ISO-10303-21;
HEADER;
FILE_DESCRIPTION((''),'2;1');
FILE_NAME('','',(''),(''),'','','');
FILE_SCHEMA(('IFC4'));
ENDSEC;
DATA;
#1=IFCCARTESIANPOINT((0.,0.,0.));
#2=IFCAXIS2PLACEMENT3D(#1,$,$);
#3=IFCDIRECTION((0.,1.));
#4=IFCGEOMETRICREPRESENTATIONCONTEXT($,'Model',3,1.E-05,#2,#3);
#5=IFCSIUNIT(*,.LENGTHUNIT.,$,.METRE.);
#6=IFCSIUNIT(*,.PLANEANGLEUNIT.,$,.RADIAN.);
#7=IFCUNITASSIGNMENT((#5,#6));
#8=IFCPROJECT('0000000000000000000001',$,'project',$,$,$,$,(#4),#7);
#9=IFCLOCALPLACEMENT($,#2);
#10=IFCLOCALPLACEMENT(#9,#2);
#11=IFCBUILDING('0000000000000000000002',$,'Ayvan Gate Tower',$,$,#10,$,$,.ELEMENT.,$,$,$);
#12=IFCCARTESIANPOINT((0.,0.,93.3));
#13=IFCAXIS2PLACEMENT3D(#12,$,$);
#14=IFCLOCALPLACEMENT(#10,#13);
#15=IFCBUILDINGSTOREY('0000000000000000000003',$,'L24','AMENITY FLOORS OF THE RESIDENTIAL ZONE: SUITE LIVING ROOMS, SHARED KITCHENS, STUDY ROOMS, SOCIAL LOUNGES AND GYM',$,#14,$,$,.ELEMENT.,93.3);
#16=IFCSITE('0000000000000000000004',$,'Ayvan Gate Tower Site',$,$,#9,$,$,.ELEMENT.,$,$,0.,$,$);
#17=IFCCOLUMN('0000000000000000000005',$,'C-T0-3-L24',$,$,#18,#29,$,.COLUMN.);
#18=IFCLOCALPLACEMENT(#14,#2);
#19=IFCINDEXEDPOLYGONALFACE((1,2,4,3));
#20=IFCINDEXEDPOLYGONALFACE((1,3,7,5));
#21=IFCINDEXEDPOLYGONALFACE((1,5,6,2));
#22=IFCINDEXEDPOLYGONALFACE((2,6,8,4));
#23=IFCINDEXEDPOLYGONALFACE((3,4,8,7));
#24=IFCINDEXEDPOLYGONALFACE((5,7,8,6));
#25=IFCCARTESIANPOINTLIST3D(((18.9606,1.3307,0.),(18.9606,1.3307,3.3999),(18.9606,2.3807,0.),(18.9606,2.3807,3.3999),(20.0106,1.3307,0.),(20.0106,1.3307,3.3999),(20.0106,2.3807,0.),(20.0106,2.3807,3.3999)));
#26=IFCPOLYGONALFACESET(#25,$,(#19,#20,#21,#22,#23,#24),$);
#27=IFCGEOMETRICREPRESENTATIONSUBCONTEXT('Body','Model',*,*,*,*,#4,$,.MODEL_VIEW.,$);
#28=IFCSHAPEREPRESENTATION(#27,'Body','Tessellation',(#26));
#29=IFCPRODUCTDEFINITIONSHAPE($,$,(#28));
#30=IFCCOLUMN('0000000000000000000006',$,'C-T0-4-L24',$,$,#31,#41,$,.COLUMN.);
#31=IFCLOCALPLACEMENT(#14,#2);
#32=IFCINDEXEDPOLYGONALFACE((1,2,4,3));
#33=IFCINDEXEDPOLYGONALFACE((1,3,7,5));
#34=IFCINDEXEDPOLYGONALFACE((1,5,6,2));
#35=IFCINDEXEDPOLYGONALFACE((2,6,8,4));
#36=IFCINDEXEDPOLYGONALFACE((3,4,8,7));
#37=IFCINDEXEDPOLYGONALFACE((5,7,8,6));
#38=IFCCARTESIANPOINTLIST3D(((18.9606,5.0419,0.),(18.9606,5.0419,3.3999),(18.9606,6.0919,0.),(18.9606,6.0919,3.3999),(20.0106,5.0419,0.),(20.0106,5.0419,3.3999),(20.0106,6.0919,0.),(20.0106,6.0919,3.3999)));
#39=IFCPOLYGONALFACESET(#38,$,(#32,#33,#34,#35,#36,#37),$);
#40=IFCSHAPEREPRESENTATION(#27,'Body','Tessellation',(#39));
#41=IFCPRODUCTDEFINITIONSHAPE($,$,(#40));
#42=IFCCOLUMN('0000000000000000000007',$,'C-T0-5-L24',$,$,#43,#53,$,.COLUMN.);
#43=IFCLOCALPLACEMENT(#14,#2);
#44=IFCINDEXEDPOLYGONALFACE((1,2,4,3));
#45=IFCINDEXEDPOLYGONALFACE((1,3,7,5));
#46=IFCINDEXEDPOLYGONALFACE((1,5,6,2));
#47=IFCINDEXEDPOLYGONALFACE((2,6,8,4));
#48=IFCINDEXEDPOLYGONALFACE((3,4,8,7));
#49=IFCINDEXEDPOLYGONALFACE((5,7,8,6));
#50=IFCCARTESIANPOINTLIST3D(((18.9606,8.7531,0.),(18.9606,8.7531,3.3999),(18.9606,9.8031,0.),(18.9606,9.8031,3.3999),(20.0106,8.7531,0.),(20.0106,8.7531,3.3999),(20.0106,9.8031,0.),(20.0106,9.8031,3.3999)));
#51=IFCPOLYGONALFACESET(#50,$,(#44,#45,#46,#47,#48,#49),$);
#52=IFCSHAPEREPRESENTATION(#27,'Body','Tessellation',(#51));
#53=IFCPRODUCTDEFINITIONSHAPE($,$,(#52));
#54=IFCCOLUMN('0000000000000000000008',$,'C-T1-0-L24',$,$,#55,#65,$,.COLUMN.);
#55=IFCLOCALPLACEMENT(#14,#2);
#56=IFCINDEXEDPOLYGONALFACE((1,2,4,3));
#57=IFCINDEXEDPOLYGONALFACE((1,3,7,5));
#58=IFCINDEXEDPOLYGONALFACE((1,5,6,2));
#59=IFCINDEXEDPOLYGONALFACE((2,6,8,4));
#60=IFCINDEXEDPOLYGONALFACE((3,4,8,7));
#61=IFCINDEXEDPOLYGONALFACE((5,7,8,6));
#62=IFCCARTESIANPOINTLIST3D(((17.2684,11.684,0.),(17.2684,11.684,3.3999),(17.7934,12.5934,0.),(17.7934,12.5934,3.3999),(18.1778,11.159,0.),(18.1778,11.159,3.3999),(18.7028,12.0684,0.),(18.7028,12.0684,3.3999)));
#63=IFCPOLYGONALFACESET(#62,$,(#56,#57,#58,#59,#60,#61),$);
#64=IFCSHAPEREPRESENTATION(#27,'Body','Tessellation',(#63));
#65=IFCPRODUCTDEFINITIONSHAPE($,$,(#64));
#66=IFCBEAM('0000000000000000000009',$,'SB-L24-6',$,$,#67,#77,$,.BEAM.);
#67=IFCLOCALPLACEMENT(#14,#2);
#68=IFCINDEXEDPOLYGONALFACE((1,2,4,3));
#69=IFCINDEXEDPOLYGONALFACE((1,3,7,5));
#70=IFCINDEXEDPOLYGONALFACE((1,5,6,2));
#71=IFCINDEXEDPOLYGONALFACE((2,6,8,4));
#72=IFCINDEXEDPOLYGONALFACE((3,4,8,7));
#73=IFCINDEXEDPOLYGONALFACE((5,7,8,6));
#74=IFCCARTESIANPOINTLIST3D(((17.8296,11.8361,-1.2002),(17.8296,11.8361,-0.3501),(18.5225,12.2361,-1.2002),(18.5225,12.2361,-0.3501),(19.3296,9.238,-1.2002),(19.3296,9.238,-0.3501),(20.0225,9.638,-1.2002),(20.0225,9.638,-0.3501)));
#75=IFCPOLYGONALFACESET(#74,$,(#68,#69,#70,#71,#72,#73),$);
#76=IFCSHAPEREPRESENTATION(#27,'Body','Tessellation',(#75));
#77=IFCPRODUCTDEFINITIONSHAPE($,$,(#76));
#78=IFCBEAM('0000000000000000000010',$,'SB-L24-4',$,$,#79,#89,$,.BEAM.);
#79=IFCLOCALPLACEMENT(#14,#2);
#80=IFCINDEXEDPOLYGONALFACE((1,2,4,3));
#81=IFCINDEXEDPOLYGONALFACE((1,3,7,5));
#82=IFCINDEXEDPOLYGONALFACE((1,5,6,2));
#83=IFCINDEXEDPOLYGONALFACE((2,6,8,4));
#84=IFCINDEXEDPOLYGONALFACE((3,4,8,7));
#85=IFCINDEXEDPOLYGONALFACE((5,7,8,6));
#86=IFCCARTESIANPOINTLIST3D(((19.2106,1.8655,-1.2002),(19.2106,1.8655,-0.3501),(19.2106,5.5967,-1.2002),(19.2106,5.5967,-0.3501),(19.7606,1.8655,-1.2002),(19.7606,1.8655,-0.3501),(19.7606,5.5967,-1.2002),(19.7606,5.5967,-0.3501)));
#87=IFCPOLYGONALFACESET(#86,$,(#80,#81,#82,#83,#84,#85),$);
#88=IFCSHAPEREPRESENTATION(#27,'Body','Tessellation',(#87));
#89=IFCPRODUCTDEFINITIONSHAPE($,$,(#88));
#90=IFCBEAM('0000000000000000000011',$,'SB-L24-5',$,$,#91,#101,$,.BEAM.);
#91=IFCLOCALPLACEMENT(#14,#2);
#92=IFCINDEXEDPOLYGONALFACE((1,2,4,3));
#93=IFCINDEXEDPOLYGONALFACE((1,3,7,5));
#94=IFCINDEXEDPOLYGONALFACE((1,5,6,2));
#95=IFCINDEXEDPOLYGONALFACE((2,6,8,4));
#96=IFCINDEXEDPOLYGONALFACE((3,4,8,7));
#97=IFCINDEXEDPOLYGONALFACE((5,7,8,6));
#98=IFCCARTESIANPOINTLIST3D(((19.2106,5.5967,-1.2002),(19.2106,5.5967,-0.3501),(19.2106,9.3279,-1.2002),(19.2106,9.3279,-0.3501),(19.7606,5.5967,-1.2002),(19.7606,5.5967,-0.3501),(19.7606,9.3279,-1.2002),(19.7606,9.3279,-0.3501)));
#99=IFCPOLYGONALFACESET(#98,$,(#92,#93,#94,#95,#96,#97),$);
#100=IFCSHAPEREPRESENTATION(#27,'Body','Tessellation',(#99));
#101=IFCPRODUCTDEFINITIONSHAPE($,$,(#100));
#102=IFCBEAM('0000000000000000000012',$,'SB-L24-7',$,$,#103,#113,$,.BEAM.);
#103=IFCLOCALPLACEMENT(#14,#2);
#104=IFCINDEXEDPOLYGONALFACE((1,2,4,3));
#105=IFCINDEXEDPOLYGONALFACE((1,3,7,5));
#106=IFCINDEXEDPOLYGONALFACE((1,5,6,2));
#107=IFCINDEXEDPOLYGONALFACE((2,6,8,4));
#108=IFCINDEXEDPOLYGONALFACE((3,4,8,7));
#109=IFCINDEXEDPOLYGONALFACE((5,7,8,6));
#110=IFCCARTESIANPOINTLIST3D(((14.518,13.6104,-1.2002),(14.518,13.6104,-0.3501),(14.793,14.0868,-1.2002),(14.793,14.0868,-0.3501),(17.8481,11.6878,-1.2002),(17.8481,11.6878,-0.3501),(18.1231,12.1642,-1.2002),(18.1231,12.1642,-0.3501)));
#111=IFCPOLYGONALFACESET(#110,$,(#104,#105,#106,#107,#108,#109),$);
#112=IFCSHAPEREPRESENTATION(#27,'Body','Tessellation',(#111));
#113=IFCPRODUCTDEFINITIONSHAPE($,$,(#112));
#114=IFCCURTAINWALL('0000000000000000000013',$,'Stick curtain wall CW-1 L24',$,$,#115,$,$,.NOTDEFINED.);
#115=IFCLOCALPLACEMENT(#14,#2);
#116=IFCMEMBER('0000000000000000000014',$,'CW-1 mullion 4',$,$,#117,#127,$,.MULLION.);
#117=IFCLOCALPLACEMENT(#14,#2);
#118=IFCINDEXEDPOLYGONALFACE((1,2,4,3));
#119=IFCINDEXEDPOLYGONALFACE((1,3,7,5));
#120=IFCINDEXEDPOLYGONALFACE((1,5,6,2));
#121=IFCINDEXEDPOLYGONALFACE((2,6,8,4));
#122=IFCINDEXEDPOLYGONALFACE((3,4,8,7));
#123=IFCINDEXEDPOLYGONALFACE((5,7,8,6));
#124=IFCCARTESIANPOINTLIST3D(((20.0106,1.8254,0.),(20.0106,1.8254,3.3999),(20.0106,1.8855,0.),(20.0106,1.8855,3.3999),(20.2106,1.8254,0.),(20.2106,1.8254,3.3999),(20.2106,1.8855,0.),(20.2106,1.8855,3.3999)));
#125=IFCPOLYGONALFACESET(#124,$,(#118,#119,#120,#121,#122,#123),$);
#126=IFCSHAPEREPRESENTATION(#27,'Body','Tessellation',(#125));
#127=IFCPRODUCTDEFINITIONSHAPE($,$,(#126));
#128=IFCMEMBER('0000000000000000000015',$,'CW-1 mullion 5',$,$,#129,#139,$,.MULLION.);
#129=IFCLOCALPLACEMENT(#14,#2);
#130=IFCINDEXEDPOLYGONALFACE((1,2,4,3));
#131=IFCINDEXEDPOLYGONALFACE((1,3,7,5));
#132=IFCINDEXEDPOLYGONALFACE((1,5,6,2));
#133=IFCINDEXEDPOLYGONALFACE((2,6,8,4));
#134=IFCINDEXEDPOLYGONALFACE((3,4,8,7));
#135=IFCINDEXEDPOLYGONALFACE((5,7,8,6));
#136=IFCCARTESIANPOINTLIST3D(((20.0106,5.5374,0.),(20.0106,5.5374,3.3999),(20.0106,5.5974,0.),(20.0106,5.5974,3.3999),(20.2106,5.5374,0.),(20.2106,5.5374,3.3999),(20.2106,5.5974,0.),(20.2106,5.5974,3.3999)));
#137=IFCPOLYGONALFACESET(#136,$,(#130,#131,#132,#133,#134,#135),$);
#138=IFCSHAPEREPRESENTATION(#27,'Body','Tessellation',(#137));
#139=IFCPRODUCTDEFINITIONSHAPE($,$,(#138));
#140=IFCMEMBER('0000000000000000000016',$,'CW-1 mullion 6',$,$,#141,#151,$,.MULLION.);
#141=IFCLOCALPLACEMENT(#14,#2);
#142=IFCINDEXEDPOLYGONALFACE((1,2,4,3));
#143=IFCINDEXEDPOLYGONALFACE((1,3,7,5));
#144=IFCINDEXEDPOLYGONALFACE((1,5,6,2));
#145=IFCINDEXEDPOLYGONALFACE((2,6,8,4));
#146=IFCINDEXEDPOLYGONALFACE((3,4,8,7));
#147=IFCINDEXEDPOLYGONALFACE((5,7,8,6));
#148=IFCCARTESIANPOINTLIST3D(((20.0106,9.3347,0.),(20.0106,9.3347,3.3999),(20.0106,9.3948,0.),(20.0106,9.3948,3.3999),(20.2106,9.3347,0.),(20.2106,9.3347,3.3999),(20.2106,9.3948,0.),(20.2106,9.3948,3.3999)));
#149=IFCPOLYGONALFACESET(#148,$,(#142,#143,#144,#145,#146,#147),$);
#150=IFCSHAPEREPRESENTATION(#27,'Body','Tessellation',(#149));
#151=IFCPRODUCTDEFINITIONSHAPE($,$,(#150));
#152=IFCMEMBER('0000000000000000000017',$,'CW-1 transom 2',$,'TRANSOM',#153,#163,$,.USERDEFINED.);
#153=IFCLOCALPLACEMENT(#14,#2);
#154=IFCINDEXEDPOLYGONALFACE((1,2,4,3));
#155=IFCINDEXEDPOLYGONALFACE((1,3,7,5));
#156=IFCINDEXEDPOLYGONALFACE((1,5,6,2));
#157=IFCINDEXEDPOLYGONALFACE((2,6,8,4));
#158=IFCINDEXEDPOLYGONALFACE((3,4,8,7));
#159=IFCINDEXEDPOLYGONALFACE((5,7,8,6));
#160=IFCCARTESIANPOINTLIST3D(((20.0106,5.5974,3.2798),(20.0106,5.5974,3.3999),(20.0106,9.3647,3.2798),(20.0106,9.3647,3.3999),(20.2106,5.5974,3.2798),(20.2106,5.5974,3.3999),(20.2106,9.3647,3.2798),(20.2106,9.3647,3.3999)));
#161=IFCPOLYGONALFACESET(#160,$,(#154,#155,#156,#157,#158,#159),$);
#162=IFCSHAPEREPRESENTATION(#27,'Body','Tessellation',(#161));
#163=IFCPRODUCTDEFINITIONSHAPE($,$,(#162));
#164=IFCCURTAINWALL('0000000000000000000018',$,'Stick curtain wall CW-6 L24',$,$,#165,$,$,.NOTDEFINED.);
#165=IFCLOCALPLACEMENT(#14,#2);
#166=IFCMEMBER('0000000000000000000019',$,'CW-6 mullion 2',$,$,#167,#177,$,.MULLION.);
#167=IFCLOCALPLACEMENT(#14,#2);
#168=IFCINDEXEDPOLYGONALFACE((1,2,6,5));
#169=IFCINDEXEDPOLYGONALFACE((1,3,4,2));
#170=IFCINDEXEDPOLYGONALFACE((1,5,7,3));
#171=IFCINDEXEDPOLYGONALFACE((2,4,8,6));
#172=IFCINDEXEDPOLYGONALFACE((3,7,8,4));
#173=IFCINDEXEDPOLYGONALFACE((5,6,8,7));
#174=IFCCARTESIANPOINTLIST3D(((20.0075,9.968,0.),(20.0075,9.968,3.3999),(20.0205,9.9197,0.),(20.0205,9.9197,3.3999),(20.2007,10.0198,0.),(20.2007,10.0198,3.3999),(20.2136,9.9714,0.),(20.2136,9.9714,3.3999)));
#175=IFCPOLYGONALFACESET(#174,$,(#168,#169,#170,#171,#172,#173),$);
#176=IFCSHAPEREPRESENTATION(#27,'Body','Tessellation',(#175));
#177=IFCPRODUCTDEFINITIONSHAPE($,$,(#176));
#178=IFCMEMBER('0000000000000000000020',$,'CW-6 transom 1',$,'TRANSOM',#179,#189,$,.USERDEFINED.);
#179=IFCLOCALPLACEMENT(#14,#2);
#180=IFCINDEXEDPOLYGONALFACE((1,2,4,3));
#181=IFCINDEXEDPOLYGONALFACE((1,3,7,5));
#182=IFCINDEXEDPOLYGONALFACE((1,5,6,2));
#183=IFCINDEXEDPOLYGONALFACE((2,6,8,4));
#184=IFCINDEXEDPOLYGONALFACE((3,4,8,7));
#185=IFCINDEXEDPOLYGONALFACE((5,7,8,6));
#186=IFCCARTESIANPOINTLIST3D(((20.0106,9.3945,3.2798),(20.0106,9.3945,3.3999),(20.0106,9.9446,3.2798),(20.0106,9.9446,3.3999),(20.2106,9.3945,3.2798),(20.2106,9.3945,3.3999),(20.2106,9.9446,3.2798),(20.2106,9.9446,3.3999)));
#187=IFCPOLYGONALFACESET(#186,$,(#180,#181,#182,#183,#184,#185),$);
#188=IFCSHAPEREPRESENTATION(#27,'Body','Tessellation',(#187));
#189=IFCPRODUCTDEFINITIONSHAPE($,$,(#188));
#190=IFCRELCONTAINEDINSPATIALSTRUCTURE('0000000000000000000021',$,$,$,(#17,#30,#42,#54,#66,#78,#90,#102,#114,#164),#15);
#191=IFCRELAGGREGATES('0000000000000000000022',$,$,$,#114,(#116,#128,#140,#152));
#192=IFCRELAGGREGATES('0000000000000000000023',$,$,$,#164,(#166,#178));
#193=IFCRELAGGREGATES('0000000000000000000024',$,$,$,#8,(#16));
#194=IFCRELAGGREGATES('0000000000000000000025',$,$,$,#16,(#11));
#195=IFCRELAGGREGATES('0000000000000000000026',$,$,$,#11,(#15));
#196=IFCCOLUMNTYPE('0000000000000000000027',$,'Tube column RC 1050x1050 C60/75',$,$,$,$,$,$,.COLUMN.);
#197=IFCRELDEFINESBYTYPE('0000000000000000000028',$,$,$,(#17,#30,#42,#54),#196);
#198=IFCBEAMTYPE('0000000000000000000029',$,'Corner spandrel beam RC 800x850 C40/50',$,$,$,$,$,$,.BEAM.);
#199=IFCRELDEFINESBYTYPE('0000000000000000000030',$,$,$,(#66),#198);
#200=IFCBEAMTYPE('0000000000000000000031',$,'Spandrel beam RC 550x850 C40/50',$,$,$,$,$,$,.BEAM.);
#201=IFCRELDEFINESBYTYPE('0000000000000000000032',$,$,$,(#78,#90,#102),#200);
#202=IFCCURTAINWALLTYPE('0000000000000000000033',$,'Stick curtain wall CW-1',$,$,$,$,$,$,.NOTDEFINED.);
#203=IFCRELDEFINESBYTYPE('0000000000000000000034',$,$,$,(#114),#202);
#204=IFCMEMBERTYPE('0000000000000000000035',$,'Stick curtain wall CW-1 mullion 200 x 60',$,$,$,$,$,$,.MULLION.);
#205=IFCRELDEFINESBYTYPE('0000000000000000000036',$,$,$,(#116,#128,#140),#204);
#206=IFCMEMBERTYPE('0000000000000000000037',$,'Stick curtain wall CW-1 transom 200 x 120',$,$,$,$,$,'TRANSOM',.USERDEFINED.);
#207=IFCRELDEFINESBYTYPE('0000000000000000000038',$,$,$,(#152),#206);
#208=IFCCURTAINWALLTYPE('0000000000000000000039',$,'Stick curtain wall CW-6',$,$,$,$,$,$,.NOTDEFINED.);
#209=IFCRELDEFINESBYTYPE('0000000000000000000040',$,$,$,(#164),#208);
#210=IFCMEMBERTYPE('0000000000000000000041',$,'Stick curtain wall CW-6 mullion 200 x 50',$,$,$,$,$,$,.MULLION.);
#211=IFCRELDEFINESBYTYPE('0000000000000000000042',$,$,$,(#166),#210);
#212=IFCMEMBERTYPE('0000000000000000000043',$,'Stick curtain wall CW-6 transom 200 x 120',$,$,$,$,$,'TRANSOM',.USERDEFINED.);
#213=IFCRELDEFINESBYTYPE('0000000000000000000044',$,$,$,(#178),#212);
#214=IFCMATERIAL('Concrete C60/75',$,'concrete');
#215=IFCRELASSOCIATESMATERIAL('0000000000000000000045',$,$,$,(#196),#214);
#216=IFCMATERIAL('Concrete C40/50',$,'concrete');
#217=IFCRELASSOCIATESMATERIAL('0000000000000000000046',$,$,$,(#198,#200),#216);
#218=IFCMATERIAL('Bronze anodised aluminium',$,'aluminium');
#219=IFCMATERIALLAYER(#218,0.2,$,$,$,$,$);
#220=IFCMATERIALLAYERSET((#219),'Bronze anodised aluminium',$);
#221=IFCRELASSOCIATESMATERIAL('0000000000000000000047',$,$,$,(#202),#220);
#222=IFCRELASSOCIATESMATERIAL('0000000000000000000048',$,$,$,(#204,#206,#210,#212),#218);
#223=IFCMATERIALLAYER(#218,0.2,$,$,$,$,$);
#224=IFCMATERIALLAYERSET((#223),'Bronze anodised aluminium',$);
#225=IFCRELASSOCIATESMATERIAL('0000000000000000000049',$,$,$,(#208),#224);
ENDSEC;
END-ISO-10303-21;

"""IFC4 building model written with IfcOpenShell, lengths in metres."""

from ifc_helpers import new_model, si_unit, direction, frame, origin, origin_2d, place, context, subcontext, project, spatial, rectangle, extrude, material, layer, layer_set, material_profile, profile_set, type_object, element, aggregate, save


model = new_model("IFC4")

# Units and contexts
model_context = context("Model", 3, precision=1e-05, world=origin(), true_north=direction((0.0, 1.0)))
body_context = subcontext(model_context, "Body", "Model", "MODEL_VIEW")
ifc_project = project(units=[si_unit("LENGTHUNIT", "METRE"), si_unit("PLANEANGLEUNIT", "RADIAN")], contexts=[model_context])

# Site, building, storey
site_placement = place(None, origin())
site = spatial("IfcSite", under=ifc_project, at=site_placement, Name="Ayvan Gate Tower Site", CompositionType="ELEMENT", RefElevation=0.0)
building_placement = place(site_placement, origin())
building = spatial("IfcBuilding", under=site, at=building_placement, Name="Ayvan Gate Tower", CompositionType="ELEMENT")
storey_placement = place(building_placement, frame((0.0, 0.0, 93.3)))
storey = spatial("IfcBuildingStorey", under=building, at=storey_placement, Name="L24", Description="AMENITY FLOORS OF THE RESIDENTIAL ZONE: SUITE LIVING ROOMS, SHARED KITCHENS, STUDY ROOMS, SOCIAL LOUNGES AND GYM", CompositionType="ELEMENT", Elevation=93.3)

# Columns
ifc_material_1 = material(Name="Concrete C60/75", Category="concrete")
ifc_material_profile_1 = material_profile(ifc_material_1, rectangle(XDim=1.05, YDim=1.05, at=origin_2d()), Name="RC 1050x1050")
ifc_profile_set_1 = profile_set([ifc_material_profile_1], Name="Concrete C60/75")
column_type = type_object("IfcColumnType", Name="Tube column RC 1050x1050 C60/75", PredefinedType="COLUMN", material=ifc_profile_set_1)
for number, where, z_axis, x_axis, name in (
    (1, (19.4856, 1.8557, 0.0), (0.0, 0.0, 1.0), (1.0, 0.0, 0.0), "C-T0-3-L24"),
    (2, (19.4856, 5.5669, 0.0), (0.0, 0.0, 1.0), (1.0, 0.0, 0.0), "C-T0-4-L24"),
    (3, (19.4856, 9.2781, 0.0), (0.0, 0.0, 1.0), (1.0, 0.0, 0.0), "C-T0-5-L24"),
    (4, (17.9856, 11.8762, 0.0), (0.0, 0.0, 1.0), (0.5, 0.866025, 0.0), "C-T1-0-L24"),
):
    element("IfcColumn", number, at=place(storey_placement, frame(where, z_axis=z_axis, x_axis=x_axis)), inside=storey, type_object=column_type, Name=name, PredefinedType="COLUMN", context=body_context, shape_type="SweptSolid", body=[
        extrude(rectangle(XDim=1.05, YDim=1.05, at=origin_2d()), origin(), (0.0, 0.0, 1.0), 3.3999),
    ])

# Beams
ifc_material_2 = material(Name="Concrete C40/50", Category="concrete")
ifc_material_profile_2 = material_profile(ifc_material_2, rectangle(XDim=0.8, YDim=0.8501, at=origin_2d()), Name="RC 800x850")
ifc_profile_set_2 = profile_set([ifc_material_profile_2], Name="Concrete C40/50")
beam_type_1 = type_object("IfcBeamType", Name="Corner spandrel beam RC 800x850 C40/50", PredefinedType="BEAM", material=ifc_profile_set_2)
beam_1_placement = place(storey_placement, frame((19.676, 9.438, -0.7751), z_axis=(-0.49999, 0.866031, 0.0), x_axis=(-0.866031, -0.49999, 0.0)))
element("IfcBeam", 5, at=beam_1_placement, inside=storey, type_object=beam_type_1, Name="SB-L24-6", PredefinedType="BEAM", context=body_context, shape_type="SweptSolid", body=[
    extrude(rectangle(XDim=0.8, YDim=0.8501, at=origin_2d()), origin(), (0.0, 0.0, 1.0), 3.0),
])
ifc_material_profile_3 = material_profile(ifc_material_2, rectangle(XDim=0.55, YDim=0.8501, at=origin_2d()), Name="RC 550x850")
ifc_profile_set_3 = profile_set([ifc_material_profile_3], Name="Concrete C40/50")
beam_type_2 = type_object("IfcBeamType", Name="Spandrel beam RC 550x850 C40/50", PredefinedType="BEAM", material=ifc_profile_set_3)
for number, where, z_axis, x_axis, name in (
    (6, (19.4856, 1.8655, -0.7751), (0.0, 1.0, 0.0), (-1.0, 0.0, 0.0), "SB-L24-4"),
    (7, (19.4856, 5.5967, -0.7751), (0.0, 1.0, 0.0), (-1.0, 0.0, 0.0), "SB-L24-5"),
):
    element("IfcBeam", number, at=place(storey_placement, frame(where, z_axis=z_axis, x_axis=x_axis)), inside=storey, type_object=beam_type_2, Name=name, PredefinedType="BEAM", context=body_context, shape_type="SweptSolid", body=[
        extrude(rectangle(XDim=0.55, YDim=0.8501, at=origin_2d()), origin(), (0.0, 0.0, 1.0), 3.7312),
    ])
beam_2_placement = place(storey_placement, frame((17.9856, 11.926, -0.7751), z_axis=(-0.866027, 0.499997, 0.0), x_axis=(-0.499997, -0.866027, 0.0)))
element("IfcBeam", 8, at=beam_2_placement, inside=storey, type_object=beam_type_2, Name="SB-L24-7", PredefinedType="BEAM", context=body_context, shape_type="SweptSolid", body=[
    extrude(rectangle(XDim=0.55, YDim=0.8501, at=origin_2d()), origin(), (0.0, 0.0, 1.0), 3.8452),
])

# Curtain walls, members
ifc_material_3 = material(Name="Bronze anodised aluminium", Category="aluminium")
ifc_layer_1 = layer(ifc_material_3, 0.2)
ifc_layer_set_1 = layer_set([ifc_layer_1], Name="Bronze anodised aluminium")
curtain_wall_type_1 = type_object("IfcCurtainWallType", Name="Stick curtain wall CW-1", PredefinedType="NOTDEFINED", material=ifc_layer_set_1)
curtain_wall_1_placement = place(storey_placement, origin())
curtain_wall_1 = element("IfcCurtainWall", 9, at=curtain_wall_1_placement, inside=storey, type_object=curtain_wall_type_1, Name="Stick curtain wall CW-1 L24", PredefinedType="NOTDEFINED")
ifc_material_profile_4 = material_profile(ifc_material_3, rectangle(XDim=0.2, YDim=0.0601, at=origin_2d()), Name="Stick curtain wall CW-1 mullion 200 x 60")
ifc_profile_set_4 = profile_set([ifc_material_profile_4], Name="Bronze anodised aluminium")
member_type_1 = type_object("IfcMemberType", Name="Stick curtain wall CW-1 mullion 200 x 60", PredefinedType="MULLION", material=ifc_profile_set_4)
member_1_placement = place(storey_placement, frame((20.1106, 1.8555, 0.0), z_axis=(0.0, 0.0, 1.0), x_axis=(1.0, 0.0, 0.0)))
member_1 = element("IfcMember", 10, at=member_1_placement, type_object=member_type_1, Name="CW-1 mullion 4", PredefinedType="MULLION", context=body_context, shape_type="SweptSolid", body=[
    extrude(rectangle(XDim=0.2, YDim=0.0601, at=origin_2d()), origin(), (0.0, 0.0, 1.0), 3.3999),
])
member_2_placement = place(storey_placement, frame((20.1106, 5.5674, 0.0), z_axis=(0.0, 0.0, 1.0), x_axis=(1.0, 0.0, 0.0)))
member_2 = element("IfcMember", 11, at=member_2_placement, type_object=member_type_1, Name="CW-1 mullion 5", PredefinedType="MULLION", context=body_context, shape_type="SweptSolid", body=[
    extrude(rectangle(XDim=0.2, YDim=0.0601, at=origin_2d()), origin(), (0.0, 0.0, 1.0), 3.3999),
])
member_3_placement = place(storey_placement, frame((20.1106, 9.3647, 0.0), z_axis=(0.0, 0.0, 1.0), x_axis=(1.0, 0.0, 0.0)))
member_3 = element("IfcMember", 12, at=member_3_placement, type_object=member_type_1, Name="CW-1 mullion 6", PredefinedType="MULLION", context=body_context, shape_type="SweptSolid", body=[
    extrude(rectangle(XDim=0.2, YDim=0.0601, at=origin_2d()), origin(), (0.0, 0.0, 1.0), 3.3999),
])
ifc_material_profile_5 = material_profile(ifc_material_3, rectangle(XDim=0.2, YDim=0.1201, at=origin_2d()), Name="Stick curtain wall CW-1 transom 200 x 120")
ifc_profile_set_5 = profile_set([ifc_material_profile_5], Name="Bronze anodised aluminium")
member_type_2 = type_object("IfcMemberType", Name="Stick curtain wall CW-1 transom 200 x 120", ElementType="TRANSOM", PredefinedType="USERDEFINED", material=ifc_profile_set_5)
member_4_placement = place(storey_placement, frame((20.1106, 5.5974, 3.3398), z_axis=(0.0, 1.0, 0.0), x_axis=(-1.0, 0.0, 0.0)))
member_4 = element("IfcMember", 13, at=member_4_placement, type_object=member_type_2, Name="CW-1 transom 2", ObjectType="TRANSOM", PredefinedType="USERDEFINED", context=body_context, shape_type="SweptSolid", body=[
    extrude(rectangle(XDim=0.2, YDim=0.1201, at=origin_2d()), origin(), (0.0, 0.0, 1.0), 3.7673),
])
ifc_layer_2 = layer(ifc_material_3, 0.2)
ifc_layer_set_2 = layer_set([ifc_layer_2], Name="Bronze anodised aluminium")
curtain_wall_type_2 = type_object("IfcCurtainWallType", Name="Stick curtain wall CW-6", PredefinedType="NOTDEFINED", material=ifc_layer_set_2)
curtain_wall_2_placement = place(storey_placement, origin())
curtain_wall_2 = element("IfcCurtainWall", 14, at=curtain_wall_2_placement, inside=storey, type_object=curtain_wall_type_2, Name="Stick curtain wall CW-6 L24", PredefinedType="NOTDEFINED")
ifc_material_profile_6 = material_profile(ifc_material_3, rectangle(XDim=0.2, YDim=0.05, at=origin_2d()), Name="Stick curtain wall CW-6 mullion 200 x 50")
ifc_profile_set_6 = profile_set([ifc_material_profile_6], Name="Bronze anodised aluminium")
member_type_3 = type_object("IfcMemberType", Name="Stick curtain wall CW-6 mullion 200 x 50", PredefinedType="MULLION", material=ifc_profile_set_6)
member_5_placement = place(storey_placement, frame((20.1106, 9.9697, 0.0), z_axis=(0.0, 0.0, 1.0), x_axis=(0.965926, 0.258819, 0.0)))
member_5 = element("IfcMember", 15, at=member_5_placement, type_object=member_type_3, Name="CW-6 mullion 2", PredefinedType="MULLION", context=body_context, shape_type="SweptSolid", body=[
    extrude(rectangle(XDim=0.2, YDim=0.05, at=origin_2d()), origin(), (0.0, 0.0, 1.0), 3.3999),
])
ifc_material_profile_7 = material_profile(ifc_material_3, rectangle(XDim=0.2, YDim=0.1201, at=origin_2d()), Name="Stick curtain wall CW-6 transom 200 x 120")
ifc_profile_set_7 = profile_set([ifc_material_profile_7], Name="Bronze anodised aluminium")
member_type_4 = type_object("IfcMemberType", Name="Stick curtain wall CW-6 transom 200 x 120", ElementType="TRANSOM", PredefinedType="USERDEFINED", material=ifc_profile_set_7)
member_6_placement = place(storey_placement, frame((20.1106, 9.3945, 3.3398), z_axis=(0.0, 1.0, 0.0), x_axis=(-1.0, 0.0, 0.0)))
member_6 = element("IfcMember", 16, at=member_6_placement, type_object=member_type_4, Name="CW-6 transom 1", ObjectType="TRANSOM", PredefinedType="USERDEFINED", context=body_context, shape_type="SweptSolid", body=[
    extrude(rectangle(XDim=0.2, YDim=0.1201, at=origin_2d()), origin(), (0.0, 0.0, 1.0), 0.55),
])

aggregate(curtain_wall_1, [member_1, member_2, member_3, member_4])
aggregate(curtain_wall_2, [member_5, member_6])

save(model, "model.ifc")
